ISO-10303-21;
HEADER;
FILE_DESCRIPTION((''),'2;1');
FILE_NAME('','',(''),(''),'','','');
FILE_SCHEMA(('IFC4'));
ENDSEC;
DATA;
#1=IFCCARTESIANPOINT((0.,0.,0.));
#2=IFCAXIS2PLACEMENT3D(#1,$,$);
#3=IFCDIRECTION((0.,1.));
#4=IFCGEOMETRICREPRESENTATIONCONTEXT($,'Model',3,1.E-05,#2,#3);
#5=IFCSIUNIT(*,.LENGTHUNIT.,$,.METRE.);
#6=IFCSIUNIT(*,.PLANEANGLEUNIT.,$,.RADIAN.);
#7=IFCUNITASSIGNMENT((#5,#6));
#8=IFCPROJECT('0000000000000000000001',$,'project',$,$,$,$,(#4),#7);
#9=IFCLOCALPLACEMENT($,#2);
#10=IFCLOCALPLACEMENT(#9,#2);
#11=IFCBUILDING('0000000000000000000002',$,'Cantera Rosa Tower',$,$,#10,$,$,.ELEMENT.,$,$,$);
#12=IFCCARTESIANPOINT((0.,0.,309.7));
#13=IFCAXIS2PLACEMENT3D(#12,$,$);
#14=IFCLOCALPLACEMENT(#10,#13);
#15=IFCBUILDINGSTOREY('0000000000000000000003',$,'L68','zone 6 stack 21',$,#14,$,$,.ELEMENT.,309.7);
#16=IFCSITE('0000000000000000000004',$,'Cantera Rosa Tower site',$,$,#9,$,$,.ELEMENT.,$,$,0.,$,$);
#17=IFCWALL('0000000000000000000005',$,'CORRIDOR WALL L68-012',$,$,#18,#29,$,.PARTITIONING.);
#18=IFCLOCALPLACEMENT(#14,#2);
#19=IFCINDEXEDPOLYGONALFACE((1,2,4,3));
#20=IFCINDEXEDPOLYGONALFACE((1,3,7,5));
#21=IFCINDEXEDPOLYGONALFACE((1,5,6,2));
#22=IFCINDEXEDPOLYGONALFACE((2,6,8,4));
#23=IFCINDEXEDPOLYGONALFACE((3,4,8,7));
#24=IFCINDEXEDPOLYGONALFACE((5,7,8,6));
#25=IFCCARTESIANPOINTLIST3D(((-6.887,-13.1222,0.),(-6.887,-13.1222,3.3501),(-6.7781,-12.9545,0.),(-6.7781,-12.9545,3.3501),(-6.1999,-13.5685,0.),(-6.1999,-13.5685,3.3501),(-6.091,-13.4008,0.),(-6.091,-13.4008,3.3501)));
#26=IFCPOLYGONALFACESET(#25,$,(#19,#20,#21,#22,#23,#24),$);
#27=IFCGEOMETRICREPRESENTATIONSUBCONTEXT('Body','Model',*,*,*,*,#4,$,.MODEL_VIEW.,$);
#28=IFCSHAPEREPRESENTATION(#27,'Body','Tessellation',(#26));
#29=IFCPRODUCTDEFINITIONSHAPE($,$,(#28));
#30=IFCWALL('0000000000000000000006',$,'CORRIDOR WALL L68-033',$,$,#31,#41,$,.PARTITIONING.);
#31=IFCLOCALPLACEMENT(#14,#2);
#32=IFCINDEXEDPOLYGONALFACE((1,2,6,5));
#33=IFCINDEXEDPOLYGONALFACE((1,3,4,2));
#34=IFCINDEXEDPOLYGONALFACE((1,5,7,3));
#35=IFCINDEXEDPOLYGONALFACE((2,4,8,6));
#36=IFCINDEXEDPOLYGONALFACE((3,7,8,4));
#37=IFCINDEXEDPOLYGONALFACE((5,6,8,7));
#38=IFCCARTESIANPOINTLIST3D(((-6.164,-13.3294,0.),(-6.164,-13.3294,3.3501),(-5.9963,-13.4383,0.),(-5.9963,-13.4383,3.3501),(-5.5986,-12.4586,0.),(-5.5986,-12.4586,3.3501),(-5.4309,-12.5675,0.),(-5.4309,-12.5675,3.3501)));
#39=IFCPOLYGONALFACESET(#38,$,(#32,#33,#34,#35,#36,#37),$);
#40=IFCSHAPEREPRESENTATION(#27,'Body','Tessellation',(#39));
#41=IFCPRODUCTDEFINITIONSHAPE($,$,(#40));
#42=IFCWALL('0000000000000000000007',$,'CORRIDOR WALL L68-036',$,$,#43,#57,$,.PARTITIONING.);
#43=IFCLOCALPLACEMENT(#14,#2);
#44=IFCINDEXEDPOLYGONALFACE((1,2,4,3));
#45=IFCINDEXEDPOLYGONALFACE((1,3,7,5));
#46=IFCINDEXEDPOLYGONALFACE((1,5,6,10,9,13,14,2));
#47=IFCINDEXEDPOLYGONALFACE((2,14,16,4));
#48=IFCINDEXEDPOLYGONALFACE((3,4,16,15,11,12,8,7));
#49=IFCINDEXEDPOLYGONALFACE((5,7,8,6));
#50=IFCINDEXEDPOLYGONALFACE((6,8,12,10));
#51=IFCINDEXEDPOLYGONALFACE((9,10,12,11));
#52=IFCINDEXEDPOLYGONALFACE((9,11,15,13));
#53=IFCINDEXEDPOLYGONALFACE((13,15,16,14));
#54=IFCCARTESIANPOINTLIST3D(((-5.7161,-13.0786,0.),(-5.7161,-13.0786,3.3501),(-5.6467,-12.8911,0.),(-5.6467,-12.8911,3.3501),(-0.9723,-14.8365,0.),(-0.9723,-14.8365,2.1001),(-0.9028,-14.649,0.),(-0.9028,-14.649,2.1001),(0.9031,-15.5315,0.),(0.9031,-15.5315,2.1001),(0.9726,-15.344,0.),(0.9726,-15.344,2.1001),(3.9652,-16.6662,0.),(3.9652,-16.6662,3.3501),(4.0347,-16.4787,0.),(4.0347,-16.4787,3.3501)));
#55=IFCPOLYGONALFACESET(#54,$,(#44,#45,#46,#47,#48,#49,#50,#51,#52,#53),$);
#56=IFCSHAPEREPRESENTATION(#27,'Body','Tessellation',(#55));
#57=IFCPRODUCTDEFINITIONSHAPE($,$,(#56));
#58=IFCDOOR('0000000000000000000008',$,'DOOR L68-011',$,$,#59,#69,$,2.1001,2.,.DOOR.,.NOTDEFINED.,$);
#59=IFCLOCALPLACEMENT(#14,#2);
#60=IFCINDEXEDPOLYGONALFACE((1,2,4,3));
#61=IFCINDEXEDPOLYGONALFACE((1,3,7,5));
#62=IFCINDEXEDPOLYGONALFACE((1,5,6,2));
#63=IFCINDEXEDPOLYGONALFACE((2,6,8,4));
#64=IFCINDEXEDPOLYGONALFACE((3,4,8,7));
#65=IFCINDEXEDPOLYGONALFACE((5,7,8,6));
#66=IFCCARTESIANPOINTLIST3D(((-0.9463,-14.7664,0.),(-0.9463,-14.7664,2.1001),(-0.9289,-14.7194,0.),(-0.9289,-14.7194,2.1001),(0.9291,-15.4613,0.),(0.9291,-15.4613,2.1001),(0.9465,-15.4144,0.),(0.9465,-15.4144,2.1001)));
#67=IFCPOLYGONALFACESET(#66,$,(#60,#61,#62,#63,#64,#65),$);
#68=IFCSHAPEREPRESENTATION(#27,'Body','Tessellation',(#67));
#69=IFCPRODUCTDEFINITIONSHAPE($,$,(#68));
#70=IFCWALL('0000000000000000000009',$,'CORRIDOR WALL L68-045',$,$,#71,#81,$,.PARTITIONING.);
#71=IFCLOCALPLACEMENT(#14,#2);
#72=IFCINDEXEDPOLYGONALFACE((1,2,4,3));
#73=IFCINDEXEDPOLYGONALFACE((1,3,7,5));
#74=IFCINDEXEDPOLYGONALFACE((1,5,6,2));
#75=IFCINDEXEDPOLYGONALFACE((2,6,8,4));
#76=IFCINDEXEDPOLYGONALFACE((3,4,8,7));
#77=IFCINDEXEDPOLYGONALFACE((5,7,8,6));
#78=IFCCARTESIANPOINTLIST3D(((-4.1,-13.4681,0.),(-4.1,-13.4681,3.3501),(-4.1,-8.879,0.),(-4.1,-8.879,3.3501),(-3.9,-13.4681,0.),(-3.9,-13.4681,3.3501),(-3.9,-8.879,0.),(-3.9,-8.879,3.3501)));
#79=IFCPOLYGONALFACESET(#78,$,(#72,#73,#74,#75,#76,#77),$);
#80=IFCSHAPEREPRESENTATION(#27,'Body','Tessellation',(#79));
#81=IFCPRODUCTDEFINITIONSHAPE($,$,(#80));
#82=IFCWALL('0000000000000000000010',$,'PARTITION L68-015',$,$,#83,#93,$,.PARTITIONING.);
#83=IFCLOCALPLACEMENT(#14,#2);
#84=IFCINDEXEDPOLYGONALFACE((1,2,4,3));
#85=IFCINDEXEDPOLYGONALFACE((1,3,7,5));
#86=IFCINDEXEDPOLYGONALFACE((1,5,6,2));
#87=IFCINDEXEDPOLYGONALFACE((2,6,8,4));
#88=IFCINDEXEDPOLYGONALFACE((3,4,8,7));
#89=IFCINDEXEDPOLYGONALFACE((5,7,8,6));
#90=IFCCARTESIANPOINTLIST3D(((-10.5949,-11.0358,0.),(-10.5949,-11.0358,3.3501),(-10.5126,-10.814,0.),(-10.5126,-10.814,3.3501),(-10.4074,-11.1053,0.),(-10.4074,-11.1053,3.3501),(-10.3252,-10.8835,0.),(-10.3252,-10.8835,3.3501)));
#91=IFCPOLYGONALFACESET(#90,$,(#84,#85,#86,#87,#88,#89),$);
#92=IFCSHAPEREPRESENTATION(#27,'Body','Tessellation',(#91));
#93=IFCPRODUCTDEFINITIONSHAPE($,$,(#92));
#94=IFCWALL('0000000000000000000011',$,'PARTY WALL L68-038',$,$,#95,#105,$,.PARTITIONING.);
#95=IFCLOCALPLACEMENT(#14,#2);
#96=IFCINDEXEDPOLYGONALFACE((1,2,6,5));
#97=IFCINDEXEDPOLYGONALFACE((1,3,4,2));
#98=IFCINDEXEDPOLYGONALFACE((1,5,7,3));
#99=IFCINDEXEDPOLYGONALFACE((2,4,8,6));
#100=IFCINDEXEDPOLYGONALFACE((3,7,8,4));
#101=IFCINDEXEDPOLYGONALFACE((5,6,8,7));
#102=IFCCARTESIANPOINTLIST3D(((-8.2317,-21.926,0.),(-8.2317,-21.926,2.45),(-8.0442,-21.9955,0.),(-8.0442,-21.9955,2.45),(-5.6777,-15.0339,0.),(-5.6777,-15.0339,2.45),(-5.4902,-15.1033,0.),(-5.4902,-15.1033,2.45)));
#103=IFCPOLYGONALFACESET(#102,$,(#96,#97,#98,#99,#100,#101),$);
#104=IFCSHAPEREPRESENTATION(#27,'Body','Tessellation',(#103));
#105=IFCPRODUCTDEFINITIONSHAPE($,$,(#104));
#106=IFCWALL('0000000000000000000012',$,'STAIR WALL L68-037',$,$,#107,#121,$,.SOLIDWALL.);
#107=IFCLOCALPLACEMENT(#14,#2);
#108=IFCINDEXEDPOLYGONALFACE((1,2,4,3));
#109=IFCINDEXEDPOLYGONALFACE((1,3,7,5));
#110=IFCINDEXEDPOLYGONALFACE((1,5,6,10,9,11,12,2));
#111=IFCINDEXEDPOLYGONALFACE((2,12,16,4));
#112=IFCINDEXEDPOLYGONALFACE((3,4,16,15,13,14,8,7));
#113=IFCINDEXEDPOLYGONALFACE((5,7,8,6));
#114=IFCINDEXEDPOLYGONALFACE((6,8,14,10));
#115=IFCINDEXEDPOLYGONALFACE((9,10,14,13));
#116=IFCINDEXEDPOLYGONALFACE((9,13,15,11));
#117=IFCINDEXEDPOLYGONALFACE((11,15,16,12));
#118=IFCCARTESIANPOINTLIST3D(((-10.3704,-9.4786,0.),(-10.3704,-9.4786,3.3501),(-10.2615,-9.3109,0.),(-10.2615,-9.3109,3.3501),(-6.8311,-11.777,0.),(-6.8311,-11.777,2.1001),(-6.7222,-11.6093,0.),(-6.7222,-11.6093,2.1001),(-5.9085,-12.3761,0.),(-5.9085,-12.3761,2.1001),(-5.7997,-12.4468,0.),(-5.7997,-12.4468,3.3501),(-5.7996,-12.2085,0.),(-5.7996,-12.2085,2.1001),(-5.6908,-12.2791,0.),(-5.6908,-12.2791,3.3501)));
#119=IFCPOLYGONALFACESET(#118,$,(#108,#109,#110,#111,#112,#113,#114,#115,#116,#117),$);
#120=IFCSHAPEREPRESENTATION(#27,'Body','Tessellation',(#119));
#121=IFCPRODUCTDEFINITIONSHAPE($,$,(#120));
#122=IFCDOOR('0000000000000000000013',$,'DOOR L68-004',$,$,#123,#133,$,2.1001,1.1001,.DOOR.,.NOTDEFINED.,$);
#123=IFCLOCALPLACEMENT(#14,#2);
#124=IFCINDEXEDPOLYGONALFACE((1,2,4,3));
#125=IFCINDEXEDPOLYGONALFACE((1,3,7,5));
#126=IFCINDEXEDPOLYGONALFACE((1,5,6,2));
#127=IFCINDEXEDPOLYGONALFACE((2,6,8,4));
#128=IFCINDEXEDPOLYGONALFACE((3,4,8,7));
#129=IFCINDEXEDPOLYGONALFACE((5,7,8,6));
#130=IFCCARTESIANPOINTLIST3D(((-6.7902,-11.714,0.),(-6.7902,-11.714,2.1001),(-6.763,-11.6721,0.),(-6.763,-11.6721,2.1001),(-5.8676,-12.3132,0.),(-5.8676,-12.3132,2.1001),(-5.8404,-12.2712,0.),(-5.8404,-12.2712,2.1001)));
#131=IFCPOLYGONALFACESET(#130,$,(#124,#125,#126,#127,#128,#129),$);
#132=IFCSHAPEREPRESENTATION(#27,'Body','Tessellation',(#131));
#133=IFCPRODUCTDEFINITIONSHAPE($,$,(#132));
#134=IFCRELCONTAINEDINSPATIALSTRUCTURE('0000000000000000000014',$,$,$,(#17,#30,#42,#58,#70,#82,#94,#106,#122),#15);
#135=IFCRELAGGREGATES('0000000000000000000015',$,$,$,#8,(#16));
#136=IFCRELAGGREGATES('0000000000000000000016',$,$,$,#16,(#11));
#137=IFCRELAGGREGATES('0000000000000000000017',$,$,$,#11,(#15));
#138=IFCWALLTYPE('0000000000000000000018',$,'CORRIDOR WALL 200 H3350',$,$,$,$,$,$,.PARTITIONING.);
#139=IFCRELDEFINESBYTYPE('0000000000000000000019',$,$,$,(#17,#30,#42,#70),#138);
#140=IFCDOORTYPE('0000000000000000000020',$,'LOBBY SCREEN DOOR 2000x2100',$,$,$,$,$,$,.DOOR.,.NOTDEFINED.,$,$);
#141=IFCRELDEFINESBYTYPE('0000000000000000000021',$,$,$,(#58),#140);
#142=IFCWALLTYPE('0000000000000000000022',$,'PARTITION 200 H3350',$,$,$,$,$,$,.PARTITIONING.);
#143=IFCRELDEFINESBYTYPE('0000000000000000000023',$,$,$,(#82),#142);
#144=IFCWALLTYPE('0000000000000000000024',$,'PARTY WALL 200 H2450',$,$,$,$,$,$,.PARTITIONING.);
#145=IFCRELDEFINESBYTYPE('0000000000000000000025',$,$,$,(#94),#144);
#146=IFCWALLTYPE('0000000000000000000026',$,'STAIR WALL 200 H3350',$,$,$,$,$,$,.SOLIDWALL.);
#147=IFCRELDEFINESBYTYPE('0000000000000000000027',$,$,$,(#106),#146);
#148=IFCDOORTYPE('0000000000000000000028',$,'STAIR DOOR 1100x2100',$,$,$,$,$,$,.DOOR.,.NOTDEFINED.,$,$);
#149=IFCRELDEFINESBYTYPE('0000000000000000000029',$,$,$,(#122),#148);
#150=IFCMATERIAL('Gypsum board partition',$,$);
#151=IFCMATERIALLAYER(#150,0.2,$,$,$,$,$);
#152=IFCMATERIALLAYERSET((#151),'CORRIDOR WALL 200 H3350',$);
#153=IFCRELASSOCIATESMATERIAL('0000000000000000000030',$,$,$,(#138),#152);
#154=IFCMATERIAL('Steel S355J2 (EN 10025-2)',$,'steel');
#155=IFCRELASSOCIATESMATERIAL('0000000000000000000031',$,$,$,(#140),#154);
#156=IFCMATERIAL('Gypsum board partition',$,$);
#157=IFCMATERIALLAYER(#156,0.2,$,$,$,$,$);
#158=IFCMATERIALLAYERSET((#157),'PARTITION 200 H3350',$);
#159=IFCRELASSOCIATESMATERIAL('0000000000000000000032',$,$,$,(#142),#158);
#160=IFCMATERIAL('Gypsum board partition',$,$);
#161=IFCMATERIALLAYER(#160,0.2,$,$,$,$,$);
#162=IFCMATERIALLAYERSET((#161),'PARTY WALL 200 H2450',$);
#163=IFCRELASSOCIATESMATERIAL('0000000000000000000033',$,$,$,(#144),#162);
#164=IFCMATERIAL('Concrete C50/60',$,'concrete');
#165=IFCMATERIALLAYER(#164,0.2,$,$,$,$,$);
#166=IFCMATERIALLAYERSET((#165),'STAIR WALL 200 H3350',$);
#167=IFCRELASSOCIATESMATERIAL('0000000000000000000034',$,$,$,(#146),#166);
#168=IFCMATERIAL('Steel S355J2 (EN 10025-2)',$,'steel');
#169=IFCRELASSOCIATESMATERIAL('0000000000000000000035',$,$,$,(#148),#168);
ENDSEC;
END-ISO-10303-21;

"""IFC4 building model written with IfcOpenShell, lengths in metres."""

from ifc_helpers import new_model, si_unit, direction, frame, frame_2d, origin, place, context, subcontext, project, spatial, rectangle, extrude, material, layer, layer_set, type_object, element, fill, save


model = new_model("IFC4")

# Units and contexts
model_context = context("Model", 3, precision=1e-05, world=origin(), true_north=direction((0.0, 1.0)))
body_context = subcontext(model_context, "Body", "Model", "MODEL_VIEW")
ifc_project = project(units=[si_unit("LENGTHUNIT", "METRE"), si_unit("PLANEANGLEUNIT", "RADIAN")], contexts=[model_context])

# Site, building, storey
site_placement = place(None, origin())
site = spatial("IfcSite", under=ifc_project, at=site_placement, Name="Cantera Rosa Tower site", CompositionType="ELEMENT", RefElevation=0.0)
building_placement = place(site_placement, origin())
building = spatial("IfcBuilding", under=site, at=building_placement, Name="Cantera Rosa Tower", CompositionType="ELEMENT")
storey_placement = place(building_placement, frame((0.0, 0.0, 309.7)))
storey = spatial("IfcBuildingStorey", under=building, at=storey_placement, Name="L68", Description="zone 6 stack 21", CompositionType="ELEMENT", Elevation=309.7)

# Walls
ifc_material_1 = material(Name="Gypsum board partition")
ifc_layer_1 = layer(ifc_material_1, 0.2)
ifc_layer_set_1 = layer_set([ifc_layer_1], Name="CORRIDOR WALL 200 H3350")
wall_type_1 = type_object("IfcWallType", Name="CORRIDOR WALL 200 H3350", PredefinedType="PARTITIONING", material=ifc_layer_set_1)
wall_1_placement = place(storey_placement, frame((-6.8325, -13.0383, 0.0), z_axis=(0.0, 0.0, 1.0), x_axis=(0.838593, -0.544758, 0.0)))
element("IfcWall", 1, at=wall_1_placement, inside=storey, type_object=wall_type_1, Name="CORRIDOR WALL L68-012", PredefinedType="PARTITIONING", context=body_context, shape_type="SweptSolid", body=[
    extrude(rectangle(XDim=0.8193, YDim=0.2, at=frame_2d((0.4097, 0.0))), origin(), (0.0, 0.0, 1.0), 3.3501),
])
wall_2_placement = place(storey_placement, frame((-6.0801, -13.3838, 0.0), z_axis=(0.0, 0.0, 1.0), x_axis=(0.544567, 0.838717, 0.0)))
element("IfcWall", 2, at=wall_2_placement, inside=storey, type_object=wall_type_1, Name="CORRIDOR WALL L68-033", PredefinedType="PARTITIONING", context=body_context, shape_type="SweptSolid", body=[
    extrude(rectangle(XDim=1.0383, YDim=0.2, at=frame_2d((0.519, 0.0))), origin(), (0.0, 0.0, 1.0), 3.3501),
])

# Wall, opening, door
wall_3_placement = place(storey_placement, frame((-5.6814, -12.9849, 0.0), z_axis=(0.0, 0.0, 1.0), x_axis=(0.937687, -0.34748, 0.0)))
wall_3 = element("IfcWall", 3, at=wall_3_placement, inside=storey, type_object=wall_type_1, Name="CORRIDOR WALL L68-036", PredefinedType="PARTITIONING", context=body_context, shape_type="SweptSolid", body=[
    extrude(rectangle(XDim=10.3247, YDim=0.2, at=frame_2d((5.1624, 0.0))), origin(), (0.0, 0.0, 1.0), 3.3501),
])
opening_1_placement = place(wall_3_placement, frame((5.0591, 0.0, 0.0)))
opening_1 = element("IfcOpeningElement", 4, at=opening_1_placement, cuts=wall_3, PredefinedType="OPENING", context=body_context, shape_type="SweptSolid", body=[
    extrude(rectangle(XDim=2.0, YDim=2.1001, at=frame_2d((1.0, 1.05))), frame((0.0, 0.1099, 0.0), z_axis=(0.0, -1.0, 0.0), x_axis=(1.0, 0.0, 0.0)), (0.0, 0.0, 1.0), 0.22),
])
ifc_material_2 = material(Name="Steel S355J2 (EN 10025-2)", Category="steel")
door_type_1 = type_object("IfcDoorType", Name="LOBBY SCREEN DOOR 2000x2100", OperationType="NOTDEFINED", PredefinedType="DOOR", material=ifc_material_2)
door_1_placement = place(opening_1_placement, origin())
door_1 = element("IfcDoor", 5, at=door_1_placement, inside=storey, type_object=door_type_1, Name="DOOR L68-011", OperationType="NOTDEFINED", OverallHeight=2.1001, OverallWidth=2.0, PredefinedType="DOOR", context=body_context, shape_type="SweptSolid", body=[
    extrude(rectangle(XDim=2.0, YDim=2.1001, at=frame_2d((1.0, 1.05))), frame((0.0, 0.0249, 0.0), z_axis=(0.0, -1.0, 0.0), x_axis=(1.0, 0.0, 0.0)), (0.0, 0.0, 1.0), 0.05),
])
fill(opening_1, door_1)

# Wall
wall_4_placement = place(storey_placement, frame((-4.0, -13.468, 0.0), z_axis=(0.0, 0.0, 1.0), x_axis=(0.0, 1.0, 0.0)))
element("IfcWall", 6, at=wall_4_placement, inside=storey, type_object=wall_type_1, Name="CORRIDOR WALL L68-045", PredefinedType="PARTITIONING", context=body_context, shape_type="SweptSolid", body=[
    extrude(rectangle(XDim=4.5891, YDim=0.2, at=frame_2d((2.2944, 0.0))), origin(), (0.0, 0.0, 1.0), 3.3501),
])

# Walls
ifc_material_3 = material(Name="Gypsum board partition")
ifc_layer_2 = layer(ifc_material_3, 0.2)
ifc_layer_set_2 = layer_set([ifc_layer_2], Name="PARTITION 200 H3350")
wall_type_2 = type_object("IfcWallType", Name="PARTITION 200 H3350", PredefinedType="PARTITIONING", material=ifc_layer_set_2)
wall_5_placement = place(storey_placement, frame((-10.4189, -10.8489, 0.0), z_axis=(0.0, 0.0, 1.0), x_axis=(-0.347617, -0.937637, 0.0)))
element("IfcWall", 7, at=wall_5_placement, inside=storey, type_object=wall_type_2, Name="PARTITION L68-015", PredefinedType="PARTITIONING", context=body_context, shape_type="SweptSolid", body=[
    extrude(rectangle(XDim=0.2366, YDim=0.2, at=frame_2d((0.1182, 0.0))), origin(), (0.0, 0.0, 1.0), 3.3501),
])
ifc_material_4 = material(Name="Gypsum board partition")
ifc_layer_3 = layer(ifc_material_4, 0.2)
ifc_layer_set_3 = layer_set([ifc_layer_3], Name="PARTY WALL 200 H2450")
wall_type_3 = type_object("IfcWallType", Name="PARTY WALL 200 H2450", PredefinedType="PARTITIONING", material=ifc_layer_set_3)
wall_6_placement = place(storey_placement, frame((-5.584, -15.0686, 0.0), z_axis=(0.0, 0.0, 1.0), x_axis=(-0.347473, -0.93769, 0.0)))
element("IfcWall", 8, at=wall_6_placement, inside=storey, type_object=wall_type_3, Name="PARTY WALL L68-038", PredefinedType="PARTITIONING", context=body_context, shape_type="SweptSolid", body=[
    extrude(rectangle(XDim=7.3501, YDim=0.2, at=frame_2d((3.675, 0.0))), origin(), (0.0, 0.0, 1.0), 2.45),
])

# Wall, opening, door
ifc_material_5 = material(Name="Concrete C50/60", Category="concrete")
ifc_layer_4 = layer(ifc_material_5, 0.2)
ifc_layer_set_4 = layer_set([ifc_layer_4], Name="STAIR WALL 200 H3350")
wall_type_4 = type_object("IfcWallType", Name="STAIR WALL 200 H3350", PredefinedType="SOLIDWALL", material=ifc_layer_set_4)
wall_7_placement = place(storey_placement, frame((-5.7451, -12.363, 0.0), z_axis=(0.0, 0.0, 1.0), x_axis=(-0.838675, 0.544632, 0.0)))
wall_7 = element("IfcWall", 9, at=wall_7_placement, inside=storey, type_object=wall_type_4, Name="STAIR WALL L68-037", PredefinedType="SOLIDWALL", context=body_context, shape_type="SweptSolid", body=[
    extrude(rectangle(XDim=5.45, YDim=0.2, at=frame_2d((2.7251, 0.0))), origin(), (0.0, 0.0, 1.0), 3.3501),
])
opening_2_placement = place(wall_7_placement, frame((0.1299, 0.0, 0.0)))
opening_2 = element("IfcOpeningElement", 10, at=opening_2_placement, cuts=wall_7, PredefinedType="OPENING", context=body_context, shape_type="SweptSolid", body=[
    extrude(rectangle(XDim=1.1001, YDim=2.1001, at=frame_2d((0.55, 1.05))), frame((0.0, 0.1099, 0.0), z_axis=(0.0, -1.0, 0.0), x_axis=(1.0, 0.0, 0.0)), (0.0, 0.0, 1.0), 0.22),
])
ifc_material_6 = material(Name="Steel S355J2 (EN 10025-2)", Category="steel")
door_type_2 = type_object("IfcDoorType", Name="STAIR DOOR 1100x2100", OperationType="NOTDEFINED", PredefinedType="DOOR", material=ifc_material_6)
door_2_placement = place(opening_2_placement, origin())
door_2 = element("IfcDoor", 11, at=door_2_placement, inside=storey, type_object=door_type_2, Name="DOOR L68-004", OperationType="NOTDEFINED", OverallHeight=2.1001, OverallWidth=1.1001, PredefinedType="DOOR", context=body_context, shape_type="SweptSolid", body=[
    extrude(rectangle(XDim=1.1001, YDim=2.1001, at=frame_2d((0.55, 1.05))), frame((0.0, 0.0249, 0.0), z_axis=(0.0, -1.0, 0.0), x_axis=(1.0, 0.0, 0.0)), (0.0, 0.0, 1.0), 0.05),
])
fill(opening_2, door_2)

save(model, "model.ifc")
